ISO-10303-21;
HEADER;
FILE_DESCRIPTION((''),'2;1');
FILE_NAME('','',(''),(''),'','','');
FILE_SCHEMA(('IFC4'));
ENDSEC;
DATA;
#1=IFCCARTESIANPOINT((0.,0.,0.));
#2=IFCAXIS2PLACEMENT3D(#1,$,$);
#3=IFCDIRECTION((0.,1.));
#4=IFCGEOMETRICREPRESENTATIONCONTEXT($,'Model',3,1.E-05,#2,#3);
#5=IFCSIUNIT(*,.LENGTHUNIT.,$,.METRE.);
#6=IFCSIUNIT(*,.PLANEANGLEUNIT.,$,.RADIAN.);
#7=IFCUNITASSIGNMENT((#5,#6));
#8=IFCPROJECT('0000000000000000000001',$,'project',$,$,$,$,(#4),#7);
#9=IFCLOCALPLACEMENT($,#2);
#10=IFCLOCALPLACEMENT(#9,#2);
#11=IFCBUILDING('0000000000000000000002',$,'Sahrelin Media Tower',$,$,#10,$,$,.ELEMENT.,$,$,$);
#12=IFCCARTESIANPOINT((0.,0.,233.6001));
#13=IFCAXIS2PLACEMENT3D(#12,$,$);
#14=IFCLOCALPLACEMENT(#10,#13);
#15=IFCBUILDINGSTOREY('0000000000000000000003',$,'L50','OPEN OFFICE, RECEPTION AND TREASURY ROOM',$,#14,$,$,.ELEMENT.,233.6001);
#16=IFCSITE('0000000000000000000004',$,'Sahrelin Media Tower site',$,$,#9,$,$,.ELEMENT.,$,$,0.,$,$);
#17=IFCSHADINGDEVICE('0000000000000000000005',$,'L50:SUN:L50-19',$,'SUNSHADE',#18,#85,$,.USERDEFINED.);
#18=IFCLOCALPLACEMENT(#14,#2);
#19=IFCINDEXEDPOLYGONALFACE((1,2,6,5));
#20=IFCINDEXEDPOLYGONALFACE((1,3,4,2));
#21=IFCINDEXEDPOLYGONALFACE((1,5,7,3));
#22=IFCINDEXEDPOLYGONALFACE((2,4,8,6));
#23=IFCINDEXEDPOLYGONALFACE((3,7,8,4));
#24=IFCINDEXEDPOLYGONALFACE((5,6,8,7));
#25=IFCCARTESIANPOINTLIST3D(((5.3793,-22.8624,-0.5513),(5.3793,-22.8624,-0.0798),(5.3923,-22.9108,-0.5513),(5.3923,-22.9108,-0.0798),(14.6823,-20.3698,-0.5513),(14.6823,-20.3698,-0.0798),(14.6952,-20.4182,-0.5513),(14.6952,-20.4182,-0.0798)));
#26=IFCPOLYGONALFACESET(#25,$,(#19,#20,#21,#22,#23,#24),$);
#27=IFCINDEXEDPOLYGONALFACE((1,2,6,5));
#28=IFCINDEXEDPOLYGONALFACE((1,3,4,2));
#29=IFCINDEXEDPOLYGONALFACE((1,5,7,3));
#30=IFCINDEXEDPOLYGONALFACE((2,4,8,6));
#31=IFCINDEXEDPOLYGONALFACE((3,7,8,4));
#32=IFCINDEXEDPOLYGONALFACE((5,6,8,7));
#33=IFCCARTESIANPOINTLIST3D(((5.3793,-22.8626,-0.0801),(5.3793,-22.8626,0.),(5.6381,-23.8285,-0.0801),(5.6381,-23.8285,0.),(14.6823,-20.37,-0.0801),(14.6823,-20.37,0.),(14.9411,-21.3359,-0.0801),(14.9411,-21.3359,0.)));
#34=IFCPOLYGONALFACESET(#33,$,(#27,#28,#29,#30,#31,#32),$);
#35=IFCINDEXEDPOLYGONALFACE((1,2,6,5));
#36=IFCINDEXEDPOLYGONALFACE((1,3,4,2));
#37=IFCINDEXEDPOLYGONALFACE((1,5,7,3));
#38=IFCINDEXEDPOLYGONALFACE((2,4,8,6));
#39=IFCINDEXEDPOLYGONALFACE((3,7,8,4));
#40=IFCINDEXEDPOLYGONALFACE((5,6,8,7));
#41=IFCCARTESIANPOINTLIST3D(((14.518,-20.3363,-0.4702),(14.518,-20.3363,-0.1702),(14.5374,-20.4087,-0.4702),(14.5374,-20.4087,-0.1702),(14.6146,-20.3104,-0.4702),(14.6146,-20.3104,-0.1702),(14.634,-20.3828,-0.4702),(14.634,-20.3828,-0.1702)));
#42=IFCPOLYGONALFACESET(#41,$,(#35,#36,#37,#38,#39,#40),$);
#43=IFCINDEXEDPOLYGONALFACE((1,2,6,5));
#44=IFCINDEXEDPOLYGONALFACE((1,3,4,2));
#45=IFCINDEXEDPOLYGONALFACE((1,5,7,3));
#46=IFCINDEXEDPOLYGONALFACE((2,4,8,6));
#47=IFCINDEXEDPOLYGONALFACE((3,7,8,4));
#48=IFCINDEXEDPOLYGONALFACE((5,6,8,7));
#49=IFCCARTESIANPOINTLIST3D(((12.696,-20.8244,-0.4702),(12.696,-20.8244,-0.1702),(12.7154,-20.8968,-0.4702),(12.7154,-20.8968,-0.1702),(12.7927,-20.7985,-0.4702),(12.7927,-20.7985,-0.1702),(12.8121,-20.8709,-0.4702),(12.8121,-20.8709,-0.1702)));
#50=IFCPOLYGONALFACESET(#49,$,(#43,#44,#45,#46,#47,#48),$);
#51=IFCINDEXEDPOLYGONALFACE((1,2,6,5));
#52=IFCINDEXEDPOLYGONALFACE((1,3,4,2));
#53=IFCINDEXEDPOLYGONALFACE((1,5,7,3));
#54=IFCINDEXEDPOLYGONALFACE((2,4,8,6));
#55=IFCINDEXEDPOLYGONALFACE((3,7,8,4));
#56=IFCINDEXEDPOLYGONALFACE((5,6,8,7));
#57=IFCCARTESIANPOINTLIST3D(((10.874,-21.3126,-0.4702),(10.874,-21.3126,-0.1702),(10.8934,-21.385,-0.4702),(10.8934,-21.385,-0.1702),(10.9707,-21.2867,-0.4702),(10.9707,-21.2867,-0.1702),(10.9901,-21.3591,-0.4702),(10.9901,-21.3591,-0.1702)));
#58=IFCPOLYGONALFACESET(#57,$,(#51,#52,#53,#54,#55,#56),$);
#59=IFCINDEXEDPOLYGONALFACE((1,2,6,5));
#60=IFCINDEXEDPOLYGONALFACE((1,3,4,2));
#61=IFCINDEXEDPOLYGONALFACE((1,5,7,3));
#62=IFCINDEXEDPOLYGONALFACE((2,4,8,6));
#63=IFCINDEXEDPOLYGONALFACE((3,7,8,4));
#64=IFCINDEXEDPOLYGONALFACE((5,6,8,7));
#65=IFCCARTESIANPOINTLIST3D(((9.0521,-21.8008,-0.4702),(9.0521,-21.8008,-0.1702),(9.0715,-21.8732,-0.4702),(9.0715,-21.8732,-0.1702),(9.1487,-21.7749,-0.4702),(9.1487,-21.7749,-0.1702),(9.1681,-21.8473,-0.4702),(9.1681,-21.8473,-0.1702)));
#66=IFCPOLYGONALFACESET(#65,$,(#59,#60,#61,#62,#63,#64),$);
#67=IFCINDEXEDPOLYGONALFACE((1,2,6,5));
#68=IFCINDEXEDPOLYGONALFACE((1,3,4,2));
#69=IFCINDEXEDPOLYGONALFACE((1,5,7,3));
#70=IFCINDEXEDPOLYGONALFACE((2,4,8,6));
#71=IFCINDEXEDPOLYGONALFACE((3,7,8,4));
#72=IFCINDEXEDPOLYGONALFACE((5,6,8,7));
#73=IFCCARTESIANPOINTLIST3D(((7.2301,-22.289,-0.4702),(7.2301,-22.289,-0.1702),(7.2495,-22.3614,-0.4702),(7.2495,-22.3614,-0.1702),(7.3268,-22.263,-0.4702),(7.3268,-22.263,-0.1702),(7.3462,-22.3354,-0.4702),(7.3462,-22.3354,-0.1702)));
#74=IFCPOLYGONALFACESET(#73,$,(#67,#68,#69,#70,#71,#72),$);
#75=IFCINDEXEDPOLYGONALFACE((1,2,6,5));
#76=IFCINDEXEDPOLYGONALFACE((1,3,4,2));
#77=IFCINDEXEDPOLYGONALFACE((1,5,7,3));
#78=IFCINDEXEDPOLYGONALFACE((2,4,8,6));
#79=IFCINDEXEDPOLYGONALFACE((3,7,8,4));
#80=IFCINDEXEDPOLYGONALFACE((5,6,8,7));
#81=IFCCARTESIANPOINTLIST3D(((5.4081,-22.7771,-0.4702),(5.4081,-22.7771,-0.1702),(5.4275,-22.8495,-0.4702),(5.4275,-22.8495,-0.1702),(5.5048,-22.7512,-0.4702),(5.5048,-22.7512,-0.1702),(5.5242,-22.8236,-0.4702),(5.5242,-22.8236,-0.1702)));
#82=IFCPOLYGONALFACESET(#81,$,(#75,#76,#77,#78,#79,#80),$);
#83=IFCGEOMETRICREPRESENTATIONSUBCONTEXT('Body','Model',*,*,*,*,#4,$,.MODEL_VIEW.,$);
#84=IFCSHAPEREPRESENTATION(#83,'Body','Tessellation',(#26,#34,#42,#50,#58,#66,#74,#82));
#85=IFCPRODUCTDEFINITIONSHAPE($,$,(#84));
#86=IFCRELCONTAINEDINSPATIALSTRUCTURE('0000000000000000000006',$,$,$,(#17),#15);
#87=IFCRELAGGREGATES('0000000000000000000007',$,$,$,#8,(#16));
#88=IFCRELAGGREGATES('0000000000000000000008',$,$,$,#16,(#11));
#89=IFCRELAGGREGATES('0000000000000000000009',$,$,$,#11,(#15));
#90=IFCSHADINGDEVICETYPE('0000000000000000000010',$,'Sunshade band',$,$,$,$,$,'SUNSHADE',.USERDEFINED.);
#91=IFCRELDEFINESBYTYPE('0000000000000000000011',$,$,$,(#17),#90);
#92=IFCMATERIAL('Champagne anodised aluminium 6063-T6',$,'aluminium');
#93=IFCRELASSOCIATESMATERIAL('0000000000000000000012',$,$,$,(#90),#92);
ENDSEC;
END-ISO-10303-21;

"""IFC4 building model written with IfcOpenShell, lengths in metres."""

from ifc_helpers import new_model, si_unit, direction, frame, origin, origin_2d, place, context, subcontext, project, spatial, rectangle, extrude, material, type_object, element, save


model = new_model("IFC4")

# Units and contexts
model_context = context("Model", 3, precision=1e-05, world=origin(), true_north=direction((0.0, 1.0)))
body_context = subcontext(model_context, "Body", "Model", "MODEL_VIEW")
ifc_project = project(units=[si_unit("LENGTHUNIT", "METRE"), si_unit("PLANEANGLEUNIT", "RADIAN")], contexts=[model_context])

# Site, building, storey
site_placement = place(None, origin())
site = spatial("IfcSite", under=ifc_project, at=site_placement, Name="Sahrelin Media Tower site", CompositionType="ELEMENT", RefElevation=0.0)
building_placement = place(site_placement, origin())
building = spatial("IfcBuilding", under=site, at=building_placement, Name="Sahrelin Media Tower", CompositionType="ELEMENT")
storey_placement = place(building_placement, frame((0.0, 0.0, 233.6001)))
storey = spatial("IfcBuildingStorey", under=building, at=storey_placement, Name="L50", Description="OPEN OFFICE, RECEPTION AND TREASURY ROOM", CompositionType="ELEMENT", Elevation=233.6001)

# Shared definitions
ifc_material_1 = material(Name="Champagne anodised aluminium 6063-T6", Category="aluminium")

# Shading device
placement_1 = place(storey_placement, frame((10.0256, -21.5969, 0.0), z_axis=(0.0, 0.0, 1.0), x_axis=(-0.965929, -0.258808, 0.0)))
shading_device_type_1 = type_object("IfcShadingDeviceType", Name="Sunshade band", ElementType="SUNSHADE", PredefinedType="USERDEFINED", material=ifc_material_1)
element("IfcShadingDevice", 1, at=placement_1, inside=storey, type_object=shading_device_type_1, Name="L50:SUN:L50-19", ObjectType="SUNSHADE", PredefinedType="USERDEFINED", context=body_context, shape_type="SweptSolid", body=[
    extrude(rectangle(XDim=9.6311, YDim=0.05, at=origin_2d()), frame((0.0, 0.0449, -0.5513)), (0.0, 0.0, 1.0), 0.4714),
    extrude(rectangle(XDim=9.6311, YDim=1.0, at=origin_2d()), frame((0.0, 0.52, -0.0801)), (0.0, 0.0, 1.0), 0.0801),
    extrude(rectangle(XDim=0.1001, YDim=0.075, at=origin_2d()), frame((-4.7156, -0.0176, -0.4702)), (0.0, 0.0, 1.0), 0.3),
    extrude(rectangle(XDim=0.1001, YDim=0.075, at=origin_2d()), frame((-2.8293, -0.0176, -0.4702)), (0.0, 0.0, 1.0), 0.3),
    extrude(rectangle(XDim=0.1001, YDim=0.075, at=origin_2d()), frame((-0.9431, -0.0176, -0.4702)), (0.0, 0.0, 1.0), 0.3),
    extrude(rectangle(XDim=0.1001, YDim=0.075, at=origin_2d()), frame((0.9431, -0.0176, -0.4702)), (0.0, 0.0, 1.0), 0.3),
    extrude(rectangle(XDim=0.1001, YDim=0.075, at=origin_2d()), frame((2.8293, -0.0176, -0.4702)), (0.0, 0.0, 1.0), 0.3),
    extrude(rectangle(XDim=0.1001, YDim=0.075, at=origin_2d()), frame((4.7156, -0.0176, -0.4702)), (0.0, 0.0, 1.0), 0.3),
])

save(model, "model.ifc")
